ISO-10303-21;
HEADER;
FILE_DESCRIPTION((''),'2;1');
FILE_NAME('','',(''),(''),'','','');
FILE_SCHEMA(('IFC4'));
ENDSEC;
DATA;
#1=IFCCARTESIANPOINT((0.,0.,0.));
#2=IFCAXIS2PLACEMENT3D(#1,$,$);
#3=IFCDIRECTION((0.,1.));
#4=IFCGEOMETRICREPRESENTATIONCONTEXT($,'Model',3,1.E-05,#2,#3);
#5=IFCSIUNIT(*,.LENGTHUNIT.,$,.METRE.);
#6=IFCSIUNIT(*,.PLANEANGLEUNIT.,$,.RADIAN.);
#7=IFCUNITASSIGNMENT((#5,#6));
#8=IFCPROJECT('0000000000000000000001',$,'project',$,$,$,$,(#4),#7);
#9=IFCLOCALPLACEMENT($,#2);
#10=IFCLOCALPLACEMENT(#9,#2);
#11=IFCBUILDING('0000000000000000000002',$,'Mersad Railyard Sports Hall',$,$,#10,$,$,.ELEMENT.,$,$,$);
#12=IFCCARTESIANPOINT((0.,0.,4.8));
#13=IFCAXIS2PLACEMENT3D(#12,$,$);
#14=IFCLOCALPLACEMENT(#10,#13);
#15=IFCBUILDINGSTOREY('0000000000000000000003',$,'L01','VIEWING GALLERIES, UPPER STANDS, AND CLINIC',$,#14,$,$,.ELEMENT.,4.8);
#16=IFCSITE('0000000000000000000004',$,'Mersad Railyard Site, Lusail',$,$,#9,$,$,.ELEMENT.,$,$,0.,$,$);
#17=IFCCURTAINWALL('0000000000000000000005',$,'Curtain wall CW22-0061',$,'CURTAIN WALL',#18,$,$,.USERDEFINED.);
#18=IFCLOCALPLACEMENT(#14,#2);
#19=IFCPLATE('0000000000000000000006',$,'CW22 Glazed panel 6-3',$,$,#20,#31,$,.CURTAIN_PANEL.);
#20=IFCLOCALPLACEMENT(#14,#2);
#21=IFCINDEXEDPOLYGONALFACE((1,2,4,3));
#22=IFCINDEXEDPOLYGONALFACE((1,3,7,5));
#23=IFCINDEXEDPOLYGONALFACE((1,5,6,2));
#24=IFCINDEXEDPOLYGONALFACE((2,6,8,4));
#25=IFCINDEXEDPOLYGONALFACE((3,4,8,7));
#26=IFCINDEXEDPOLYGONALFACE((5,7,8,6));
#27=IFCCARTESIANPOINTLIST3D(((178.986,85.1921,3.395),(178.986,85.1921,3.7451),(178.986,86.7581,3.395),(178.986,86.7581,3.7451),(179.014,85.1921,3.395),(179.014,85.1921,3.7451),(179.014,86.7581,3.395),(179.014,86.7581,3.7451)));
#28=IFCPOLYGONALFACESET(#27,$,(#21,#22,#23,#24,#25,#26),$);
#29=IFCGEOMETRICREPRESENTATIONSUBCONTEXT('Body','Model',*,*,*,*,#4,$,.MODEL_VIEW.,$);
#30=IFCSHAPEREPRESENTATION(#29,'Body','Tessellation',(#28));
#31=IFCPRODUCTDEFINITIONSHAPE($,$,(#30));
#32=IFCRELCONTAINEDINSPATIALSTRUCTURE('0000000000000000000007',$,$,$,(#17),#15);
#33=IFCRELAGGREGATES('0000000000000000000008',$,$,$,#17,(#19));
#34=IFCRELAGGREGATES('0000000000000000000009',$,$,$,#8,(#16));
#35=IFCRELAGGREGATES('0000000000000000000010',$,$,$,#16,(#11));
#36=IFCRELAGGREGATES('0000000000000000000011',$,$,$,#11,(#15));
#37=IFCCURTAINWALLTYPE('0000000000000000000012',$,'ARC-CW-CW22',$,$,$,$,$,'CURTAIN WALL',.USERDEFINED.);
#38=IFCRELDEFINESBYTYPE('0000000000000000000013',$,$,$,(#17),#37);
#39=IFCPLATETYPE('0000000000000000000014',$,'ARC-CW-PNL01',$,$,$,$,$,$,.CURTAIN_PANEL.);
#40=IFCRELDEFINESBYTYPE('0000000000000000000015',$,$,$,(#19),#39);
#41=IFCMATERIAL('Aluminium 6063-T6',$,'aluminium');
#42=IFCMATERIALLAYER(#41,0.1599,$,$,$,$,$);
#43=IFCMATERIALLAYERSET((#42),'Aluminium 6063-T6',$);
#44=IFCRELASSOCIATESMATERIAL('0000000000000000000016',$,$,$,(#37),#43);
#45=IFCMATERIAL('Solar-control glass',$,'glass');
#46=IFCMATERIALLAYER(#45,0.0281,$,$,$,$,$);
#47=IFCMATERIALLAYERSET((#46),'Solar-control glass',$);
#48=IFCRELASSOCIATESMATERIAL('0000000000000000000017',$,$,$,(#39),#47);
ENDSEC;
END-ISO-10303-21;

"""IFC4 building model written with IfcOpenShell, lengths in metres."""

from ifc_helpers import new_model, si_unit, direction, frame, origin, origin_2d, place, context, subcontext, project, spatial, rectangle, extrude, material, layer, layer_set, type_object, element, aggregate, save


model = new_model("IFC4")

# Units and contexts
model_context = context("Model", 3, precision=1e-05, world=origin(), true_north=direction((0.0, 1.0)))
body_context = subcontext(model_context, "Body", "Model", "MODEL_VIEW")
ifc_project = project(units=[si_unit("LENGTHUNIT", "METRE"), si_unit("PLANEANGLEUNIT", "RADIAN")], contexts=[model_context])

# Site, building, storey
site_placement = place(None, origin())
site = spatial("IfcSite", under=ifc_project, at=site_placement, Name="Mersad Railyard Site, Lusail", CompositionType="ELEMENT", RefElevation=0.0)
building_placement = place(site_placement, origin())
building = spatial("IfcBuilding", under=site, at=building_placement, Name="Mersad Railyard Sports Hall", CompositionType="ELEMENT")
storey_placement = place(building_placement, frame((0.0, 0.0, 4.8)))
storey = spatial("IfcBuildingStorey", under=building, at=storey_placement, Name="L01", Description="VIEWING GALLERIES, UPPER STANDS, AND CLINIC", CompositionType="ELEMENT", Elevation=4.8)

# Curtain wall
ifc_material_1 = material(Name="Aluminium 6063-T6", Category="aluminium")
ifc_layer_1 = layer(ifc_material_1, 0.1599)
ifc_layer_set_1 = layer_set([ifc_layer_1], Name="Aluminium 6063-T6")
curtain_wall_type_1 = type_object("IfcCurtainWallType", Name="ARC-CW-CW22", ElementType="CURTAIN WALL", PredefinedType="USERDEFINED", material=ifc_layer_set_1)
curtain_wall_1_placement = place(storey_placement, origin())
curtain_wall_1 = element("IfcCurtainWall", 1, at=curtain_wall_1_placement, inside=storey, type_object=curtain_wall_type_1, Name="Curtain wall CW22-0061", ObjectType="CURTAIN WALL", PredefinedType="USERDEFINED")

# Plate
ifc_material_2 = material(Name="Solar-control glass", Category="glass")
ifc_layer_2 = layer(ifc_material_2, 0.0281)
ifc_layer_set_2 = layer_set([ifc_layer_2], Name="Solar-control glass")
plate_type = type_object("IfcPlateType", Name="ARC-CW-PNL01", PredefinedType="CURTAIN_PANEL", material=ifc_layer_set_2)
plate_1_placement = place(storey_placement, frame((179.0, 85.9751, 3.395), z_axis=(0.0, 0.0, 1.0), x_axis=(0.0, -1.0, 0.0)))
plate_1 = element("IfcPlate", 2, at=plate_1_placement, type_object=plate_type, Name="CW22 Glazed panel 6-3", PredefinedType="CURTAIN_PANEL", context=body_context, shape_type="SweptSolid", body=[
    extrude(rectangle(XDim=1.5659, YDim=0.0281, at=origin_2d()), origin(), (0.0, 0.0, 1.0), 0.3501),
])
aggregate(curtain_wall_1, [plate_1])

save(model, "model.ifc")
